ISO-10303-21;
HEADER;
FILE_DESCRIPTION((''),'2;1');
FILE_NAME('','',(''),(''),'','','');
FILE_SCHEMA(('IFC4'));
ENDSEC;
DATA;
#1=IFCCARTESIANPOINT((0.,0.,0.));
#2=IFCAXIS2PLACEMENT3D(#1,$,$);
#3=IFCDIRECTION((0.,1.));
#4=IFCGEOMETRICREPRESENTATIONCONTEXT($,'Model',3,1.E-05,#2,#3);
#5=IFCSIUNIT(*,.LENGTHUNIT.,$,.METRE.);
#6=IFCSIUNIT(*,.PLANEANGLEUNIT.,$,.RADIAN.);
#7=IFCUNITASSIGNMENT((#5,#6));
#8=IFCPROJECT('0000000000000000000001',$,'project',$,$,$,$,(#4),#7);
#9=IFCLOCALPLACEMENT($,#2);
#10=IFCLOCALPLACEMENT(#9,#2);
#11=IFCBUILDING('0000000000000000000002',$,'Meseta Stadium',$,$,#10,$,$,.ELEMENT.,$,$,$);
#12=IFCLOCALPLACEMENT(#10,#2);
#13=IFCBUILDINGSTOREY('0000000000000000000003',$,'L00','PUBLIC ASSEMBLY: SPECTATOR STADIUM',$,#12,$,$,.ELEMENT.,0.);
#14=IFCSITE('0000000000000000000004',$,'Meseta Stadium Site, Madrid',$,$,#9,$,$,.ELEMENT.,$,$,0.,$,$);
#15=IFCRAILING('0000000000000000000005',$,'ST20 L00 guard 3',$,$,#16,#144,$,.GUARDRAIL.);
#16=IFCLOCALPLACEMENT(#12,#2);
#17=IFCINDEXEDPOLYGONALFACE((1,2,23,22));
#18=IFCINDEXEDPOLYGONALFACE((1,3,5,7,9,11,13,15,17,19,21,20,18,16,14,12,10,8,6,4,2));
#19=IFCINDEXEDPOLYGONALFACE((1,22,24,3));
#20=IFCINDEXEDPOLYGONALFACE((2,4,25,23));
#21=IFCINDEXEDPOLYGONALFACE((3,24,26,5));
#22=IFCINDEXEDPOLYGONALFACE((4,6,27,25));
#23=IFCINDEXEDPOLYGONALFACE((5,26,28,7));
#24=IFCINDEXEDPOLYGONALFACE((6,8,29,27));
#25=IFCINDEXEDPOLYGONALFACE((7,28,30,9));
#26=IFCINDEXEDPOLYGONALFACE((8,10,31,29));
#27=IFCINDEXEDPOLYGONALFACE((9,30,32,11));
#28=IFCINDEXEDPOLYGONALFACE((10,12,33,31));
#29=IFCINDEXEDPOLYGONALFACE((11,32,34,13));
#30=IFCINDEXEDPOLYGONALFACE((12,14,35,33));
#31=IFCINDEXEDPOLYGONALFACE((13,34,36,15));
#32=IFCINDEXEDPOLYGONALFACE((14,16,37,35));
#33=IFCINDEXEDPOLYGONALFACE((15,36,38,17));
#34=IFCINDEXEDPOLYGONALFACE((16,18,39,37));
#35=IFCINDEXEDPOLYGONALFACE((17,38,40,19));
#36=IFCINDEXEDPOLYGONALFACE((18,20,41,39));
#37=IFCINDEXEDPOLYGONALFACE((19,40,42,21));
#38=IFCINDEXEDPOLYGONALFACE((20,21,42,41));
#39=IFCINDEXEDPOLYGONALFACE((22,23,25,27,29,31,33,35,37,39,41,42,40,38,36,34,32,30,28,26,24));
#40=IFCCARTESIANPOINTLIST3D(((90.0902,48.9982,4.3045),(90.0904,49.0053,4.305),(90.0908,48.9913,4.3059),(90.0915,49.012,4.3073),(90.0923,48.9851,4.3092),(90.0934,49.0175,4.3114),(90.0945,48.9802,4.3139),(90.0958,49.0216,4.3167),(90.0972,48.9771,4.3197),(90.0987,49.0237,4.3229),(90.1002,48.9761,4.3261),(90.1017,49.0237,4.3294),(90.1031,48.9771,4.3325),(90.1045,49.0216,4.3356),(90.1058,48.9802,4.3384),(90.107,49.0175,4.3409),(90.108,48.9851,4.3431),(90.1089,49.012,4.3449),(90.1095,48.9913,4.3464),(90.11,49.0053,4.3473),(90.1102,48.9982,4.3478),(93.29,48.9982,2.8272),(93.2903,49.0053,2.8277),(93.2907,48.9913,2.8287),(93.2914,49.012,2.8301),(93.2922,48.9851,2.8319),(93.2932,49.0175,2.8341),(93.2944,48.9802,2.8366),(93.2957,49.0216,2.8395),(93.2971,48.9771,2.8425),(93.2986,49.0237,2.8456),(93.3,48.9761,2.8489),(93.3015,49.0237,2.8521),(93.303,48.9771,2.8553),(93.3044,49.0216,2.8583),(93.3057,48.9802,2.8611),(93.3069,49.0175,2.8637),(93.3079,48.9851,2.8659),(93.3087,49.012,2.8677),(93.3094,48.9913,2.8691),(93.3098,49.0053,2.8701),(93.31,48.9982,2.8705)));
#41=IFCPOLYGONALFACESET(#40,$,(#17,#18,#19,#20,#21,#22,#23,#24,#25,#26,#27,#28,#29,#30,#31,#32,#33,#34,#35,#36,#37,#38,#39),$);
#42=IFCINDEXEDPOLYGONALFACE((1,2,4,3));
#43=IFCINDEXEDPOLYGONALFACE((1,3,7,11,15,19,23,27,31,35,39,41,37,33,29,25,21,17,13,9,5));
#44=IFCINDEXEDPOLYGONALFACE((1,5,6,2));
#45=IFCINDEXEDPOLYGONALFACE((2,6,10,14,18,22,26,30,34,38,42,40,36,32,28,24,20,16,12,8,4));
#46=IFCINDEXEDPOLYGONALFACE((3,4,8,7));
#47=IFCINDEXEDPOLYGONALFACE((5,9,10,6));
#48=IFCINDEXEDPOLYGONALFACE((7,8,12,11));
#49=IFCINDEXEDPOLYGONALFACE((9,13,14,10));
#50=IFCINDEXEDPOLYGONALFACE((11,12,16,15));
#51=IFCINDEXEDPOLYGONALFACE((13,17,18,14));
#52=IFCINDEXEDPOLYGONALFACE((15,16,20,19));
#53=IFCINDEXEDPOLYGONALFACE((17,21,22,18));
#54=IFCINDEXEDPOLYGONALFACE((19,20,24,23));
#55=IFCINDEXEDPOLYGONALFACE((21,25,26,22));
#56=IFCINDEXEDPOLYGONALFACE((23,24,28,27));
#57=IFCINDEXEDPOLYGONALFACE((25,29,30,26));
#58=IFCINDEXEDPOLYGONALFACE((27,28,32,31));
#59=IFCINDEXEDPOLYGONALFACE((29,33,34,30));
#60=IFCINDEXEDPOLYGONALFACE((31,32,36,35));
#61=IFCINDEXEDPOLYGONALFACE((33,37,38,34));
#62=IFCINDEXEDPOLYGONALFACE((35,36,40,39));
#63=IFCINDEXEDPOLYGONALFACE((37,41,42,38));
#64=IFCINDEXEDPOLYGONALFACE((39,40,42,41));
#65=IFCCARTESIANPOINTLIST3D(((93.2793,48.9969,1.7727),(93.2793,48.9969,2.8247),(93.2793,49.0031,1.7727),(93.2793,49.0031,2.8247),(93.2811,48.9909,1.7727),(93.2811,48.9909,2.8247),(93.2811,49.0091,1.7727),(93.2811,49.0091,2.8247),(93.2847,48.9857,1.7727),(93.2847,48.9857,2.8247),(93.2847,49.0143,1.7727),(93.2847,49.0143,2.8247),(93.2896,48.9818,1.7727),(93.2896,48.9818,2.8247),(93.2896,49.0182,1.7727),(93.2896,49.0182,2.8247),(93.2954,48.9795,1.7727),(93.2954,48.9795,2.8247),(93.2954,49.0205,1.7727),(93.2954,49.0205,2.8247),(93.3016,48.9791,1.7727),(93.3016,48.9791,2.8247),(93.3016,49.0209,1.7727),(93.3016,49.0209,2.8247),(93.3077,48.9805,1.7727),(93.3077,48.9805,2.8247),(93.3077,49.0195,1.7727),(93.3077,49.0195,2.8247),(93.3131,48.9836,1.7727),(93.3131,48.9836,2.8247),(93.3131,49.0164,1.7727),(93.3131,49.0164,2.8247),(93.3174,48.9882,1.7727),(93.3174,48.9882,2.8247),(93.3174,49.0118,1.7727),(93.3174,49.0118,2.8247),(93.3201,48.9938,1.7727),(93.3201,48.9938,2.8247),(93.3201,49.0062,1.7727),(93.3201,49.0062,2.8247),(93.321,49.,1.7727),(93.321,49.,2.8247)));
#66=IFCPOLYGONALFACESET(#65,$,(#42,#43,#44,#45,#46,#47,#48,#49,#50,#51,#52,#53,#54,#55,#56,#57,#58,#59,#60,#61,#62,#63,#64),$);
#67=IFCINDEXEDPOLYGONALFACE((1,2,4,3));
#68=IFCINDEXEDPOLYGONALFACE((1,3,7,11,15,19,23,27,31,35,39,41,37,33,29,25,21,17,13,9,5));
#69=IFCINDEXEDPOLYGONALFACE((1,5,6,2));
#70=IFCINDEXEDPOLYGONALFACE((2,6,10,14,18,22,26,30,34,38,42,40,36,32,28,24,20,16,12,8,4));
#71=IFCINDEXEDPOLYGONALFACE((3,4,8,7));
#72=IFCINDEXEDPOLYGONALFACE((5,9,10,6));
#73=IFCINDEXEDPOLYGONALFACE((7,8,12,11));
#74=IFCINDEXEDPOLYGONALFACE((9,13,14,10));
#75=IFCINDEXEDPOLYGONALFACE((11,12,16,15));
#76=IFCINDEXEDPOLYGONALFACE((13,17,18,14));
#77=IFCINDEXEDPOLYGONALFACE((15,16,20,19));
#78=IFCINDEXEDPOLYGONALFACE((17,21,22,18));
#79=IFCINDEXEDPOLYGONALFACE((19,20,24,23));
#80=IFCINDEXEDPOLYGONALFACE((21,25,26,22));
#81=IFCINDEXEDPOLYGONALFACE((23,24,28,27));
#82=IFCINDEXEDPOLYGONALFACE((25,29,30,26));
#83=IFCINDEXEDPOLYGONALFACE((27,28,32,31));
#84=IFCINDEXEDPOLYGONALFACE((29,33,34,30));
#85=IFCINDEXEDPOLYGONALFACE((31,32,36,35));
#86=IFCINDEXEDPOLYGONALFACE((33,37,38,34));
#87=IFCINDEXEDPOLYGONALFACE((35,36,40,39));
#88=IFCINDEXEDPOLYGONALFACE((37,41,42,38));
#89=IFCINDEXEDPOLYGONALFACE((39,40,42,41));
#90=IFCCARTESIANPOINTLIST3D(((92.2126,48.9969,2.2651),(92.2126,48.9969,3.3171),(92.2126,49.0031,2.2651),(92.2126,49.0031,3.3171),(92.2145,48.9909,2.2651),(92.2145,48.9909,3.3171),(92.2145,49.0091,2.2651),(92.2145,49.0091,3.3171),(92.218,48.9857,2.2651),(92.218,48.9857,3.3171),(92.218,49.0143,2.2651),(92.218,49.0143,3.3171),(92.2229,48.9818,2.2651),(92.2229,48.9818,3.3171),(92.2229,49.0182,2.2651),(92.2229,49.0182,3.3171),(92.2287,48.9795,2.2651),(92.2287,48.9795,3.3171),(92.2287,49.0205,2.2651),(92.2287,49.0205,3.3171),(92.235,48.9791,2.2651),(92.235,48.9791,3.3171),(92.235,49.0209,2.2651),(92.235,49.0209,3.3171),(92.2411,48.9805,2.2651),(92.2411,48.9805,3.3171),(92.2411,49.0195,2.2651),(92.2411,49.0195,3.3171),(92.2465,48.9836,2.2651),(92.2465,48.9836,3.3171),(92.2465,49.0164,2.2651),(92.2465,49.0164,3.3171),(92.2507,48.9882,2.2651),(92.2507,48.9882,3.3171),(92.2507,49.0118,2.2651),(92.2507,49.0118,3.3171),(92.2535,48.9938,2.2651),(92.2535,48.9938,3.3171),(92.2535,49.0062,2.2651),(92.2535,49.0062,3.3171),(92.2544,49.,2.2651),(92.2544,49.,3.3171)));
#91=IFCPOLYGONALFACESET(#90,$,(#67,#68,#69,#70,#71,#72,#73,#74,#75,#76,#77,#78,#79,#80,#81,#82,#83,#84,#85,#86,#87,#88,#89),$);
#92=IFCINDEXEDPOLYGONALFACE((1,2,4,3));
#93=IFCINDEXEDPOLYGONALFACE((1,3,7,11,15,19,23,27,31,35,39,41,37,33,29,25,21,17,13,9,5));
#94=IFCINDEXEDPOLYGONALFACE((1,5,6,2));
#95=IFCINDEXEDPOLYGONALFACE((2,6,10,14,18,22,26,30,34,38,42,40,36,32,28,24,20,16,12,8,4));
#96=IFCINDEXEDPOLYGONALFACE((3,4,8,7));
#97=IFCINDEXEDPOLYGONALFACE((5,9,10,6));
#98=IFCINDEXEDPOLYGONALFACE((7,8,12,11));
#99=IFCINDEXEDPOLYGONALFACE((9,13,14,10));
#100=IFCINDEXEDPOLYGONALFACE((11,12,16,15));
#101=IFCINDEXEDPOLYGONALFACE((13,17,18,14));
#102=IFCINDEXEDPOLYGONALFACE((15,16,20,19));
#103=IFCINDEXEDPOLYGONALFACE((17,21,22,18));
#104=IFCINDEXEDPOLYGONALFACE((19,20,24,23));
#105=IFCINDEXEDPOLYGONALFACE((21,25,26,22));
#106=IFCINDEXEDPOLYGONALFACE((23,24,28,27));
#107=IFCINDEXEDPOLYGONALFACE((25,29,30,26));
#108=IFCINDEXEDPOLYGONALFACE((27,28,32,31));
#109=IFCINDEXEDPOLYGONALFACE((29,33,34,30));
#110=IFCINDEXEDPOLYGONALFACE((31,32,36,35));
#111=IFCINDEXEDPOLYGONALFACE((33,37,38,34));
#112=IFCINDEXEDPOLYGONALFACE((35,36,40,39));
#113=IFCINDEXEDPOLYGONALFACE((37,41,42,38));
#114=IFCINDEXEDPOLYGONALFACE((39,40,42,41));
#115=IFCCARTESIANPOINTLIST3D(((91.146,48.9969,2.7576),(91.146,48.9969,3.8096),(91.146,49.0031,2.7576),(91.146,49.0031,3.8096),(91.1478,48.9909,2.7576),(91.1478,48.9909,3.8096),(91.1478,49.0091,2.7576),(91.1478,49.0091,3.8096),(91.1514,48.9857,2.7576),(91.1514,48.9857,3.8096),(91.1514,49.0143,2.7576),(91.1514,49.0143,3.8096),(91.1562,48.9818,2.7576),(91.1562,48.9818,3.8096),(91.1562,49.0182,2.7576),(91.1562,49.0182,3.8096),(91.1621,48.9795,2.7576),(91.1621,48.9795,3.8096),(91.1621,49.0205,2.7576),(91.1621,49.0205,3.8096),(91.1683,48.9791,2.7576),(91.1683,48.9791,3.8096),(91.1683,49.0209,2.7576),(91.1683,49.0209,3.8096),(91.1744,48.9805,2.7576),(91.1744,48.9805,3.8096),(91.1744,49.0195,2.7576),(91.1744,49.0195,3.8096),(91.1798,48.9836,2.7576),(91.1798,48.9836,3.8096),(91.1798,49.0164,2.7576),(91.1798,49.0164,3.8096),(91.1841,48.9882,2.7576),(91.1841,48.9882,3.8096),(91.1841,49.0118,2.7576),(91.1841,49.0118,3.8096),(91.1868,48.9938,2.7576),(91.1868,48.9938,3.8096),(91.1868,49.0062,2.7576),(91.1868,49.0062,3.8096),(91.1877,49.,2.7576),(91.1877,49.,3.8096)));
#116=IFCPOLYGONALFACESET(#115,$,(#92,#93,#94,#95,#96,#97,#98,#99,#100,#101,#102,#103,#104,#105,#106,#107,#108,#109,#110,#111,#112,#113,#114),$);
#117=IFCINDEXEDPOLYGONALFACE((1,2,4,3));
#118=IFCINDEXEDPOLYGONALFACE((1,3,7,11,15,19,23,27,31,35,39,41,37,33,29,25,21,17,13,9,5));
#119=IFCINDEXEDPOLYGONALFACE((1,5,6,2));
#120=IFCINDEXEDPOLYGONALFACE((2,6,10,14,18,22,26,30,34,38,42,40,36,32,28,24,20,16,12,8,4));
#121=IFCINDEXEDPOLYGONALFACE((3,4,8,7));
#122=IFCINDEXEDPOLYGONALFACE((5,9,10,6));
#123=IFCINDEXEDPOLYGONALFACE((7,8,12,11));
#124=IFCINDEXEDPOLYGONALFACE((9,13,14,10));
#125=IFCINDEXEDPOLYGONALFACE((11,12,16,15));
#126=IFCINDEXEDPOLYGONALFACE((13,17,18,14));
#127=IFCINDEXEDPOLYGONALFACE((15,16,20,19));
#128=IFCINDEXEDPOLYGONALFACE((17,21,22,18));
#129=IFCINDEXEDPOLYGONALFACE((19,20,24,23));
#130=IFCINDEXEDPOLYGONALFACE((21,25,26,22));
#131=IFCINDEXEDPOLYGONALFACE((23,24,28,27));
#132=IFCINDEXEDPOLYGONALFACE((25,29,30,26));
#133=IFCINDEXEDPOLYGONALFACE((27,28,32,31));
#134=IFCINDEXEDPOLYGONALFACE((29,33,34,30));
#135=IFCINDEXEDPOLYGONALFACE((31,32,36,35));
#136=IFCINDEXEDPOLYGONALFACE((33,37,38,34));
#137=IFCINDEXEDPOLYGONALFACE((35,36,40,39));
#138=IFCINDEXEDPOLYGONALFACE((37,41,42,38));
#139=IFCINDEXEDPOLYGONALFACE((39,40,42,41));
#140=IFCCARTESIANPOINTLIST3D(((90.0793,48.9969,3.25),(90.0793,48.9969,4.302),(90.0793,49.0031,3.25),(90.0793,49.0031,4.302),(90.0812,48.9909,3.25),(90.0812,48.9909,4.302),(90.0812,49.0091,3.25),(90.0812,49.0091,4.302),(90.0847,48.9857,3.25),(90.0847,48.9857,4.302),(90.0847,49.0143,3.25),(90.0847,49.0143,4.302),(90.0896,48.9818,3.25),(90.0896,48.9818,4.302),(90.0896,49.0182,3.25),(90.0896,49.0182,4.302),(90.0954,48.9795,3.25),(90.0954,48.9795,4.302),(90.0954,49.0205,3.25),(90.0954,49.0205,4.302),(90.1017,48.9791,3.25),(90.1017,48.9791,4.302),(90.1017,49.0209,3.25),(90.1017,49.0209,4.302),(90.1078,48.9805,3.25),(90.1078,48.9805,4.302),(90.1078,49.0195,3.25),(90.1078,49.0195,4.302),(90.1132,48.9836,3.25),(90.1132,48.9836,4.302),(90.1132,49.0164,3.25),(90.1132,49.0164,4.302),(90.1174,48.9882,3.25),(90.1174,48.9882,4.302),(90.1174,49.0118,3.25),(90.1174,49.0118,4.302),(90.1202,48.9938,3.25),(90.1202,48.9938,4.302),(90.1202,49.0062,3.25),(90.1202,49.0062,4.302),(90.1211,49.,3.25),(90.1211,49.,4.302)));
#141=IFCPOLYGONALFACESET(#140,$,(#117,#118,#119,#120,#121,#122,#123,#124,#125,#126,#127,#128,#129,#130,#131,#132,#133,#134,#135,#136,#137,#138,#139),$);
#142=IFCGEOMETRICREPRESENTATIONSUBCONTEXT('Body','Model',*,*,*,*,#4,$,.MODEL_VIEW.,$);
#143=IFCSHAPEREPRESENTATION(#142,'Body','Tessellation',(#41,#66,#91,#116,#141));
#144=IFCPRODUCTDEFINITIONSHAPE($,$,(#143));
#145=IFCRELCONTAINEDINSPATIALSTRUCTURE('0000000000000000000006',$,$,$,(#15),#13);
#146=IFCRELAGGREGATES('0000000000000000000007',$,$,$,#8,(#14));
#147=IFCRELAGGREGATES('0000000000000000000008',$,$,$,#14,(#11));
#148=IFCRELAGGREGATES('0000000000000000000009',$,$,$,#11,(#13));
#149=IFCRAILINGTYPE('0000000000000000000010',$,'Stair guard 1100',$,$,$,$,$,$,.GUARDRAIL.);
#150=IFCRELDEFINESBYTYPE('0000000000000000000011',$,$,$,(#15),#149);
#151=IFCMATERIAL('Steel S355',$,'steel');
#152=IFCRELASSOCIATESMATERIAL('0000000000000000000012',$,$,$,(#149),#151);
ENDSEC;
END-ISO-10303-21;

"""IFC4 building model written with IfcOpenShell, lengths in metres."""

from ifc_helpers import new_model, si_unit, direction, frame, origin, origin_2d, place, context, subcontext, project, spatial, circle, extrude, material, type_object, element, save


model = new_model("IFC4")

# Units and contexts
model_context = context("Model", 3, precision=1e-05, world=origin(), true_north=direction((0.0, 1.0)))
body_context = subcontext(model_context, "Body", "Model", "MODEL_VIEW")
ifc_project = project(units=[si_unit("LENGTHUNIT", "METRE"), si_unit("PLANEANGLEUNIT", "RADIAN")], contexts=[model_context])

# Site, building, storey
site_placement = place(None, origin())
site = spatial("IfcSite", under=ifc_project, at=site_placement, Name="Meseta Stadium Site, Madrid", CompositionType="ELEMENT", RefElevation=0.0)
building_placement = place(site_placement, origin())
building = spatial("IfcBuilding", under=site, at=building_placement, Name="Meseta Stadium", CompositionType="ELEMENT")
storey_placement = place(building_placement, origin())
storey = spatial("IfcBuildingStorey", under=building, at=storey_placement, Name="L00", Description="PUBLIC ASSEMBLY: SPECTATOR STADIUM", CompositionType="ELEMENT", Elevation=0.0)

# Railing
ifc_material_1 = material(Name="Steel S355", Category="steel")
railing_type_1 = type_object("IfcRailingType", Name="Stair guard 1100", PredefinedType="GUARDRAIL", material=ifc_material_1)
railing_1_placement = place(storey_placement, frame((93.3, 49.0, 1.7727)))
element("IfcRailing", 1, at=railing_1_placement, inside=storey, type_object=railing_type_1, Name="ST20 L00 guard 3", PredefinedType="GUARDRAIL", context=body_context, shape_type="SweptSolid", body=[
    extrude(circle(Radius=0.0239, at=origin_2d()), frame((0.0, 0.0, 1.0762), z_axis=(-0.907917, 0.0, 0.41915), x_axis=(0.0, -1.0, 0.0)), (0.0, 0.0, 1.0), 3.5244),
    extrude(circle(Radius=0.021, at=origin_2d()), origin(), (0.0, 0.0, 1.0), 1.052),
    extrude(circle(Radius=0.021, at=origin_2d()), frame((-1.0667, 0.0, 0.4924)), (0.0, 0.0, 1.0), 1.052),
    extrude(circle(Radius=0.021, at=origin_2d()), frame((-2.1333, 0.0, 0.9849)), (0.0, 0.0, 1.0), 1.052),
    extrude(circle(Radius=0.021, at=origin_2d()), frame((-3.2, 0.0, 1.4773)), (0.0, 0.0, 1.0), 1.052),
])

save(model, "model.ifc")
